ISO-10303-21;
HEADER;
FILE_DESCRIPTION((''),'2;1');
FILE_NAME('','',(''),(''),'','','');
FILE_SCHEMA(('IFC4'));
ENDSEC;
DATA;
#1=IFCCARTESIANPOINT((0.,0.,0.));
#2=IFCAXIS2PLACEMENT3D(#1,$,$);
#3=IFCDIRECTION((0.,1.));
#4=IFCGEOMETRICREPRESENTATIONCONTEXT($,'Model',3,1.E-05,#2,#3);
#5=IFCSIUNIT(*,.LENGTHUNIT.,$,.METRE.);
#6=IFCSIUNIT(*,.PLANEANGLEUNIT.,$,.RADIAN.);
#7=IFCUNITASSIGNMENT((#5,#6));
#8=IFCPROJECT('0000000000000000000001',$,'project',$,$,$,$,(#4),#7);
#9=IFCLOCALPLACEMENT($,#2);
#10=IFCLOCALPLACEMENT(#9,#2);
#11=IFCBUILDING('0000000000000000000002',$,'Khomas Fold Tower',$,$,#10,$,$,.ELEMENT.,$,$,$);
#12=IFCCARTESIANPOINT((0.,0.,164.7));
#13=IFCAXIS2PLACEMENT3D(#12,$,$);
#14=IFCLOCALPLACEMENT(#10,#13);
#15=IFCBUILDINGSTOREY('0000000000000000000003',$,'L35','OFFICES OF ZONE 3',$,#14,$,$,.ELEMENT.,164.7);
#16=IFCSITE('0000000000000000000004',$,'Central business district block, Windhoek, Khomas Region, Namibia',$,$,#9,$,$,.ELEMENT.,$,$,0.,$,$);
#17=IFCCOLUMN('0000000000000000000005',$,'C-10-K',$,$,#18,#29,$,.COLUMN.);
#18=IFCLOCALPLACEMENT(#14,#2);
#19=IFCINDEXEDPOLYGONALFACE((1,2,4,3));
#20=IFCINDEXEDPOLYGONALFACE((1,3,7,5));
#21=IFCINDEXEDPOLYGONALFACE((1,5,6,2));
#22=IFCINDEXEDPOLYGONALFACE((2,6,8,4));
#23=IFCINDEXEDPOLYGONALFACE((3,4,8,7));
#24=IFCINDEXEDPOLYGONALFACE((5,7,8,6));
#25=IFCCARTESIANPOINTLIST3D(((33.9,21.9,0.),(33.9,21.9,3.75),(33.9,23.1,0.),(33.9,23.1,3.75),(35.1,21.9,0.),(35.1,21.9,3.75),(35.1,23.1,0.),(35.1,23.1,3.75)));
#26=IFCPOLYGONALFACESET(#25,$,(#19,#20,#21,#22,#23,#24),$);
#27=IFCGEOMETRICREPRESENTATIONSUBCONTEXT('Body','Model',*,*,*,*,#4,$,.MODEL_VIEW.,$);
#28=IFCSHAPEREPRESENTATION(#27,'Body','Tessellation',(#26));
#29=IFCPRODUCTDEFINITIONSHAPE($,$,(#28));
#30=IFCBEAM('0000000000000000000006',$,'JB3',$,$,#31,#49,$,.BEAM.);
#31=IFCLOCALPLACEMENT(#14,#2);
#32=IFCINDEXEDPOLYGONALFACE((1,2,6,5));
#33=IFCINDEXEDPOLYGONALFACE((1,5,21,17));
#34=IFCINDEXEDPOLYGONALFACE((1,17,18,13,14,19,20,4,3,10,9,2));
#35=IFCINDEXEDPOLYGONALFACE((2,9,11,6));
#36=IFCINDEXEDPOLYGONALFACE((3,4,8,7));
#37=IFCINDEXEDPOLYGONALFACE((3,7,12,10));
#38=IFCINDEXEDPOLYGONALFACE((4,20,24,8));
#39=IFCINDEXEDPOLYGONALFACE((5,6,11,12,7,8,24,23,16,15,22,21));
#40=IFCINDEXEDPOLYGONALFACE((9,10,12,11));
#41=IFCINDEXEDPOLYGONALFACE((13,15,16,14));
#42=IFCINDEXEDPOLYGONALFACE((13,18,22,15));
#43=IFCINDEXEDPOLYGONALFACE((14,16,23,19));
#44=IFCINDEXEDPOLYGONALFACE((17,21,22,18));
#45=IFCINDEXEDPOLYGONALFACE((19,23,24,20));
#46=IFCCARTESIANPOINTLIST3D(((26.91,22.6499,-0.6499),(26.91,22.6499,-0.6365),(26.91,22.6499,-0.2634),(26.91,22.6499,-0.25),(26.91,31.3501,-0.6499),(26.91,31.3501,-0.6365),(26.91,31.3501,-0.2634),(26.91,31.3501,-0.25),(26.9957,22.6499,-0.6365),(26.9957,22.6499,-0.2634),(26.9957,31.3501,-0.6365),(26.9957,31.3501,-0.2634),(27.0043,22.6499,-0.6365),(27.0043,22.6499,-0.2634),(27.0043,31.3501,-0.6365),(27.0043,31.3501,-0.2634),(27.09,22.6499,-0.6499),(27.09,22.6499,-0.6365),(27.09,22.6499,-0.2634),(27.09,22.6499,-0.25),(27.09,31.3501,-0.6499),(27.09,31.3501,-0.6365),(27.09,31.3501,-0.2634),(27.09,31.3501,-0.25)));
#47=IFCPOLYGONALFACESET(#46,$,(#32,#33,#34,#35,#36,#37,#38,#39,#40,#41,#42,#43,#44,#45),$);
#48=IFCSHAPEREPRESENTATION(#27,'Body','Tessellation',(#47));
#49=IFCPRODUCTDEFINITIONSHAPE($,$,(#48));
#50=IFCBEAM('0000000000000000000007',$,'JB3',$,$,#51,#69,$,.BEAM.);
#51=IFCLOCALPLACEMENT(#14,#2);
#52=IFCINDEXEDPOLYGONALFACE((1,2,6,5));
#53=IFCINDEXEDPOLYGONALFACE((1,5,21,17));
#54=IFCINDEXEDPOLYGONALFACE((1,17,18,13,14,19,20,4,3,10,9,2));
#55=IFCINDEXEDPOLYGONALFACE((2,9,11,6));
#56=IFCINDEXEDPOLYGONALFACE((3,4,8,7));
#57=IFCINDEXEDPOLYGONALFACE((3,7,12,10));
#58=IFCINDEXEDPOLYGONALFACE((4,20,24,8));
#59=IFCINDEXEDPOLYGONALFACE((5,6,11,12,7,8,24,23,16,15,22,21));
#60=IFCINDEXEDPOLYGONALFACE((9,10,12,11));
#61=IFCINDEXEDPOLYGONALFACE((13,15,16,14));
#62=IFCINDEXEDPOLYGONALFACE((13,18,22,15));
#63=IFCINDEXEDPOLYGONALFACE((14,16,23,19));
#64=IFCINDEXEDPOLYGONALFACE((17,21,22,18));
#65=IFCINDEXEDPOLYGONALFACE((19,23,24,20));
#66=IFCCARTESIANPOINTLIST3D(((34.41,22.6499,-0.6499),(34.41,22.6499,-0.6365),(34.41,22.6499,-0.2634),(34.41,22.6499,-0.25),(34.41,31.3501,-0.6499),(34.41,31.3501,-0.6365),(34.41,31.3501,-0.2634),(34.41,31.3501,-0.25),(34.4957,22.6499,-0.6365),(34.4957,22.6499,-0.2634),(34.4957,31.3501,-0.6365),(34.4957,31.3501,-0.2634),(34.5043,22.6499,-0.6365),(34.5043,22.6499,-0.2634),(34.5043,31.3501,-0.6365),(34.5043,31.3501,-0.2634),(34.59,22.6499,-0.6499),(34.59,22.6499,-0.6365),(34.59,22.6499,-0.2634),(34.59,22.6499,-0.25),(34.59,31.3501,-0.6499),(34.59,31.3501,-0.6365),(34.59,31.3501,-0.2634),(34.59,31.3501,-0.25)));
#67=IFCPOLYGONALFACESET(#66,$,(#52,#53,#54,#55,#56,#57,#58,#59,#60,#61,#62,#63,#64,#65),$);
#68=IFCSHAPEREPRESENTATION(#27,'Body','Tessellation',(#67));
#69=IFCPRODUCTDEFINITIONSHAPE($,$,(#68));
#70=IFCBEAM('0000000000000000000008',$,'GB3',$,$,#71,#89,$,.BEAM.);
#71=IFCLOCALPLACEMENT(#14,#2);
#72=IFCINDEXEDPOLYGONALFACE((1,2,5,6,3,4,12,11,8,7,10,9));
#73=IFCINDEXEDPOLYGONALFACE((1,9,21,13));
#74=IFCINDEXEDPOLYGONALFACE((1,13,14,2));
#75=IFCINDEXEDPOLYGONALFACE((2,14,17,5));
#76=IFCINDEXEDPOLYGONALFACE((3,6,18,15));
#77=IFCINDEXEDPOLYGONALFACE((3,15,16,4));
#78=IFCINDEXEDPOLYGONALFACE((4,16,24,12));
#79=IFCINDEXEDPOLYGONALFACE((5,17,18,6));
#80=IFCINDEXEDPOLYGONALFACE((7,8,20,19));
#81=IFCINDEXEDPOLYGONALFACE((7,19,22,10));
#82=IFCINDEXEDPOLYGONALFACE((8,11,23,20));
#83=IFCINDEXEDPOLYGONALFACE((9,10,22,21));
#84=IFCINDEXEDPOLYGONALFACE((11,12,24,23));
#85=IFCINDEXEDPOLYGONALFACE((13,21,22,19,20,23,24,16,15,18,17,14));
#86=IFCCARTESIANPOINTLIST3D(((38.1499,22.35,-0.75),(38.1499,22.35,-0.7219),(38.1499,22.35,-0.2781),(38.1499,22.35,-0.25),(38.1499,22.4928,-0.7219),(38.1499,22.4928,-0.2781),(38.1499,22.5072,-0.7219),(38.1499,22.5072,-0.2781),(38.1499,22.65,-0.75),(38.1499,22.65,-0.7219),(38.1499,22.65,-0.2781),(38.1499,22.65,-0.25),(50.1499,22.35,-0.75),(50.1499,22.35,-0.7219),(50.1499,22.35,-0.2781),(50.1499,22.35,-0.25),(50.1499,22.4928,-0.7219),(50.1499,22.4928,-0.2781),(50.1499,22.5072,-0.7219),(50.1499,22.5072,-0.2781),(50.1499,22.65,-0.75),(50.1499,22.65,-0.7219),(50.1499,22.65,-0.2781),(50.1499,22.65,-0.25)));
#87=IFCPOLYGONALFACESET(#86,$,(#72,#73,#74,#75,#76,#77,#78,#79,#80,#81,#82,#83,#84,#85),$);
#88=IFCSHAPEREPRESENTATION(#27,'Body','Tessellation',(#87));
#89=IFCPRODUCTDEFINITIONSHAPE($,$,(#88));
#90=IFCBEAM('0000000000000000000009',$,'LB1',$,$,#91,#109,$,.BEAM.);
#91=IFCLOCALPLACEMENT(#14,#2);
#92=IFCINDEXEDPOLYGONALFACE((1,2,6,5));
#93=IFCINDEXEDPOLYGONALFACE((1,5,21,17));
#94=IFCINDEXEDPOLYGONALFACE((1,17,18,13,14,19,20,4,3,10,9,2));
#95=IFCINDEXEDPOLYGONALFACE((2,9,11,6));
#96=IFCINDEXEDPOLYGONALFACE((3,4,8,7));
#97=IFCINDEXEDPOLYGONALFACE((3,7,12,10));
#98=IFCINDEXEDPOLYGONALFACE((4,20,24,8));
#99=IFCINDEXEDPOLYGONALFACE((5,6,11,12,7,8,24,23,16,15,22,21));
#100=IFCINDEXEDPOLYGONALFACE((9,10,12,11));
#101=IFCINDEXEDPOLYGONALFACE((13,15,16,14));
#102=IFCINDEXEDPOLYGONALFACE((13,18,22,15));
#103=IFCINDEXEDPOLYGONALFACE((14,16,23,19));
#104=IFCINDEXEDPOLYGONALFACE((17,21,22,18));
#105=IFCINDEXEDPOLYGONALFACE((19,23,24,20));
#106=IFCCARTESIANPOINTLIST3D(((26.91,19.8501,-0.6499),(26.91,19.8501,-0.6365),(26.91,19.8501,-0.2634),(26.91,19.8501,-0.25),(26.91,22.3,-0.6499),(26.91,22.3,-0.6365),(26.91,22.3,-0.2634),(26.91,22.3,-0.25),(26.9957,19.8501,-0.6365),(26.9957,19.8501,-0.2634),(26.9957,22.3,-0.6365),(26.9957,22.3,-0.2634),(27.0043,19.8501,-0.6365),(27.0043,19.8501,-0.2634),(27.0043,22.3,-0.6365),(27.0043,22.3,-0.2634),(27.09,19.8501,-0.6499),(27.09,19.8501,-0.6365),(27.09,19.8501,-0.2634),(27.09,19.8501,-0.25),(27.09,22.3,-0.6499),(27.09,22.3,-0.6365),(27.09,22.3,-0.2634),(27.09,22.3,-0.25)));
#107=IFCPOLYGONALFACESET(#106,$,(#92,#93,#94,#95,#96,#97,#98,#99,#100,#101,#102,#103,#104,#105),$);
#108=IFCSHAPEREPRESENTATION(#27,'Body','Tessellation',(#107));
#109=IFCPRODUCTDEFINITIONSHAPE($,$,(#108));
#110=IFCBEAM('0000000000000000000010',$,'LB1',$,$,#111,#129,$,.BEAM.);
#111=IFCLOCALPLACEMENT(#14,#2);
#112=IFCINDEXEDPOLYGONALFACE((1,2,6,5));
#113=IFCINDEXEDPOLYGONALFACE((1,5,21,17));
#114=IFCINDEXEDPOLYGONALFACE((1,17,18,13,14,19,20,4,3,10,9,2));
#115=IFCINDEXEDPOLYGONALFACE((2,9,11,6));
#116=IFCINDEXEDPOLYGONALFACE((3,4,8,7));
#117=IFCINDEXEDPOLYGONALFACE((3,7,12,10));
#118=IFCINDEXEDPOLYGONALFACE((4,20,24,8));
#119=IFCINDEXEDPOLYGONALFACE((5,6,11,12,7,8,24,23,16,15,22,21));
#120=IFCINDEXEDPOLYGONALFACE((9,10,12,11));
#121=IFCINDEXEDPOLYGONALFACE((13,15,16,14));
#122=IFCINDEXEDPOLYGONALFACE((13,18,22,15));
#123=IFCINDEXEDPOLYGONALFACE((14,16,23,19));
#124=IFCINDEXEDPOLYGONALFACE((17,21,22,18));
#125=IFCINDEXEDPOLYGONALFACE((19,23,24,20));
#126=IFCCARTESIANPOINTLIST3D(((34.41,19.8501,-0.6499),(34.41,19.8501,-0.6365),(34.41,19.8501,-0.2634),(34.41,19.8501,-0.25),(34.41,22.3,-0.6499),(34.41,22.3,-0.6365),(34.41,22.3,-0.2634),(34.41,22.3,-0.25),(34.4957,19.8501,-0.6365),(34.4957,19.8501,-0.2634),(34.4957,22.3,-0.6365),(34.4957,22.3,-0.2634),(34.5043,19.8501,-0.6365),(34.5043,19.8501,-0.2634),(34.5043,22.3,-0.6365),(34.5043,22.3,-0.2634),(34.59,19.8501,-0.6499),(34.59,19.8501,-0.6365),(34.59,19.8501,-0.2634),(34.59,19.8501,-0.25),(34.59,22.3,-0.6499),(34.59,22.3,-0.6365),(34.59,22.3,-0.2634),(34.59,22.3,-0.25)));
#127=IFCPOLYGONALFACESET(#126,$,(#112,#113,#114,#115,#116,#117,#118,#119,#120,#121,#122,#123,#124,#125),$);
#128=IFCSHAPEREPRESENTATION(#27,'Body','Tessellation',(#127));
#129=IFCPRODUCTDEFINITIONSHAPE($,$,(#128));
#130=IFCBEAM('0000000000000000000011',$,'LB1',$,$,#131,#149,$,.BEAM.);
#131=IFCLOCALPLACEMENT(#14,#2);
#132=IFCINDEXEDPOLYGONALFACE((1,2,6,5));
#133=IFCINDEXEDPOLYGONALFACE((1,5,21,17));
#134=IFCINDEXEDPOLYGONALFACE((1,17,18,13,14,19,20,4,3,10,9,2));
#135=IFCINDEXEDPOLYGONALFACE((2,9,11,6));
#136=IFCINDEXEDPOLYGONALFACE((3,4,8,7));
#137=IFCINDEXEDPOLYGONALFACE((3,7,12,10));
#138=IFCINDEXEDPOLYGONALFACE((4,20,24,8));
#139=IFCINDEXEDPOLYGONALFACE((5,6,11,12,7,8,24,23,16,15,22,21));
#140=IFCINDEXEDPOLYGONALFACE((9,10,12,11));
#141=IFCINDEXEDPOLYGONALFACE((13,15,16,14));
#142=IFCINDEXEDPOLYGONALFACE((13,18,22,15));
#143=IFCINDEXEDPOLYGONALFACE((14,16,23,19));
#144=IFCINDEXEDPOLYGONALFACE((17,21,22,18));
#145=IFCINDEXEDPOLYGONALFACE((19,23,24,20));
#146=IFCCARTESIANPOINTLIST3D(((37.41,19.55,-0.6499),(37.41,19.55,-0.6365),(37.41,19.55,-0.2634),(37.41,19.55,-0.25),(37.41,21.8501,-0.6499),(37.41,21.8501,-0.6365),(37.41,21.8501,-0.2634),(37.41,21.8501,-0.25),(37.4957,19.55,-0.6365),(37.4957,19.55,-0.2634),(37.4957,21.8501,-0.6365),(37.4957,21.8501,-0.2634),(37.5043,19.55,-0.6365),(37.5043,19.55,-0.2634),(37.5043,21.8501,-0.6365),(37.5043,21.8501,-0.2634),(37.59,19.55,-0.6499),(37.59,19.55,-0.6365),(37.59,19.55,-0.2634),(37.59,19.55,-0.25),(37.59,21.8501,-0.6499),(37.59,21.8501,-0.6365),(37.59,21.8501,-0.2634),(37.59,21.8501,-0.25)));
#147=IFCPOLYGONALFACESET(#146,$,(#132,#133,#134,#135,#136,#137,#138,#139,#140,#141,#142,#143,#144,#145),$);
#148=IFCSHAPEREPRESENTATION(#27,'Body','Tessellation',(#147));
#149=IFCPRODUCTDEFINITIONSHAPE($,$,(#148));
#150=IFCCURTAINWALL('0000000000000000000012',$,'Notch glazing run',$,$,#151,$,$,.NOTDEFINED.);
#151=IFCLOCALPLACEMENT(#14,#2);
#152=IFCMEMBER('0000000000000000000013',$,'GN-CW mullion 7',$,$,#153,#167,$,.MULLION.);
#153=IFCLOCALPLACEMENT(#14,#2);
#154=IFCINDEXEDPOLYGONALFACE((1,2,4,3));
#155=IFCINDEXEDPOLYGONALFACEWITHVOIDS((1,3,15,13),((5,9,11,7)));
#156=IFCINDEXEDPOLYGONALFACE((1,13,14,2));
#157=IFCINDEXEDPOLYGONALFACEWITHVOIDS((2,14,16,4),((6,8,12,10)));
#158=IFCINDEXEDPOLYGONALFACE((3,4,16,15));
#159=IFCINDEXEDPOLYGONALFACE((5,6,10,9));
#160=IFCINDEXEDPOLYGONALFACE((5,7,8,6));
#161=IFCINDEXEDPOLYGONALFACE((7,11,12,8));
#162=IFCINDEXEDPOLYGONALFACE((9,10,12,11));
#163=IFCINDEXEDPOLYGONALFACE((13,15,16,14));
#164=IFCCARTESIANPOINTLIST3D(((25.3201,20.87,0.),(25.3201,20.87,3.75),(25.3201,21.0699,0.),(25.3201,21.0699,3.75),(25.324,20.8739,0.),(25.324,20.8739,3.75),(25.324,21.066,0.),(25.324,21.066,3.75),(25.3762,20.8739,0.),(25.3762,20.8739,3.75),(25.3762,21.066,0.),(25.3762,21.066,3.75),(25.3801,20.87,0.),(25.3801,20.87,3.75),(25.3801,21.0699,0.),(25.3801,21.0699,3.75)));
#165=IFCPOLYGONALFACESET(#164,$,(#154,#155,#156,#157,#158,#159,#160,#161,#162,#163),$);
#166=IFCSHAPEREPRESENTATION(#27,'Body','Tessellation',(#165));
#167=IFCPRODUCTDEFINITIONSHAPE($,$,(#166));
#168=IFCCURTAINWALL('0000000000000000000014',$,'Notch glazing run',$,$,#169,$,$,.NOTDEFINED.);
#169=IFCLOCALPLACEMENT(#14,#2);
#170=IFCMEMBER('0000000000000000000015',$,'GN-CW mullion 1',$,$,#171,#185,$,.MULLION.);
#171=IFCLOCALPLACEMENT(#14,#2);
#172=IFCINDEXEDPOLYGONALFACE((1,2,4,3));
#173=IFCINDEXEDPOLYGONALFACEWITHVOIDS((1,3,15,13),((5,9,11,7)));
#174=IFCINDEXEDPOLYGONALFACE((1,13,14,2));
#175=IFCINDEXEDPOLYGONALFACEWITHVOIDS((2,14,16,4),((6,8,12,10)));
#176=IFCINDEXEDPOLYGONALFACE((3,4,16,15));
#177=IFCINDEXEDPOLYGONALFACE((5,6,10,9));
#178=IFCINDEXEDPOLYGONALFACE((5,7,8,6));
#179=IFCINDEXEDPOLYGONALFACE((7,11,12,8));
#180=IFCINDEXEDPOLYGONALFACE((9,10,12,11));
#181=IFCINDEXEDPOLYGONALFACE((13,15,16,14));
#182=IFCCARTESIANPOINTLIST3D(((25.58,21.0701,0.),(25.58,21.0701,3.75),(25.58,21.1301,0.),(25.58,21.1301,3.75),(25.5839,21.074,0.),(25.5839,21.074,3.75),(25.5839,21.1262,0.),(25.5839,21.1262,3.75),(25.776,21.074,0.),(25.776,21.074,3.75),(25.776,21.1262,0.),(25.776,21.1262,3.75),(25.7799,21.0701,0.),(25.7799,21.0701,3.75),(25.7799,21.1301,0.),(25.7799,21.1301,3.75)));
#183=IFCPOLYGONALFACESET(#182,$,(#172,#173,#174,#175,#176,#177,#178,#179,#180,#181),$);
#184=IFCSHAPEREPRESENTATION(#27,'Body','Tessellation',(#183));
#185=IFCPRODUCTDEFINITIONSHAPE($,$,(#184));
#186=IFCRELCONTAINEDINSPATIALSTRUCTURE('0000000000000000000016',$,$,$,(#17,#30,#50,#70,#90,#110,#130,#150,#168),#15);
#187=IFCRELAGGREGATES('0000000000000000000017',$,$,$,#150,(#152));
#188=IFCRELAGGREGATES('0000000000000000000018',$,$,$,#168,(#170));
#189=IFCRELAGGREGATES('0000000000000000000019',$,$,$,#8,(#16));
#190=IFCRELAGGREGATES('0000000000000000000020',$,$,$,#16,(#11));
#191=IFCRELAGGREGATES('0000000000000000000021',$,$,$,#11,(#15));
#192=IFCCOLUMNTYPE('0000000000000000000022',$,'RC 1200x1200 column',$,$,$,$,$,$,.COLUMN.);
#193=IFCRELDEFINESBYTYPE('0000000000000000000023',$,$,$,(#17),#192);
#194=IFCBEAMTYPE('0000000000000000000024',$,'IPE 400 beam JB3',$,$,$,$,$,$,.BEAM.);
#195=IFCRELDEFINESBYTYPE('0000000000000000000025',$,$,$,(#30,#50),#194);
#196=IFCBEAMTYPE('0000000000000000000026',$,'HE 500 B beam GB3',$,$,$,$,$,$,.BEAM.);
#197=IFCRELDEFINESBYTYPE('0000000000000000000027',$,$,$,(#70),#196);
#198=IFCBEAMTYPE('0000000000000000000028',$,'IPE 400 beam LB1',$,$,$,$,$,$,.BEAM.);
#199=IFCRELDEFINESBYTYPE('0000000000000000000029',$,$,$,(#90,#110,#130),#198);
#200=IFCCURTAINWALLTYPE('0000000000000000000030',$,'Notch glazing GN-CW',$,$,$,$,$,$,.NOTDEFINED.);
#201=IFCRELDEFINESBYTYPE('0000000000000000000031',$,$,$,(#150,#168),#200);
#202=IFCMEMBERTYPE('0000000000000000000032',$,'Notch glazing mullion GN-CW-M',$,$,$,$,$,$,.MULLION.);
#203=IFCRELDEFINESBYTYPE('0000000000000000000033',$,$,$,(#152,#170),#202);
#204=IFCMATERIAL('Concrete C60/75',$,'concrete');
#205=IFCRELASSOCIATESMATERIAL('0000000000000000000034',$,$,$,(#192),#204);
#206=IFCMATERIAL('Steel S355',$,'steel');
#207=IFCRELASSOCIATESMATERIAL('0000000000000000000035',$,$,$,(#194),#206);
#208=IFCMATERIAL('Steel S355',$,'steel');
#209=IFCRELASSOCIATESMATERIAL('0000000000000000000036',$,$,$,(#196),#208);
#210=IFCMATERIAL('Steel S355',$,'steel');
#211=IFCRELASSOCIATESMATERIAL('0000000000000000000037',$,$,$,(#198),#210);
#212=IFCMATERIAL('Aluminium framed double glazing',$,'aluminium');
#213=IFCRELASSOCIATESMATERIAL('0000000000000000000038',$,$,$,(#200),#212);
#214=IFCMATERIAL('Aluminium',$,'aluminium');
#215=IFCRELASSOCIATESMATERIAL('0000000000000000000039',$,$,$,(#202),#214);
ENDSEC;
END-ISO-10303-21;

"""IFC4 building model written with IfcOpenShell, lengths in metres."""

from ifc_helpers import new_model, si_unit, direction, frame, origin, origin_2d, place, context, subcontext, project, spatial, rectangle, hollow_rectangle, i_section, extrude, source, transform, mapped, material, material_profile, profile_set, type_object, element, aggregate, save


model = new_model("IFC4")

# Units and contexts
model_context = context("Model", 3, precision=1e-05, world=origin(), true_north=direction((0.0, 1.0)))
body_context = subcontext(model_context, "Body", "Model", "MODEL_VIEW")
ifc_project = project(units=[si_unit("LENGTHUNIT", "METRE"), si_unit("PLANEANGLEUNIT", "RADIAN")], contexts=[model_context])

# Site, building, storey
site_placement = place(None, origin())
site = spatial("IfcSite", under=ifc_project, at=site_placement, Name="Central business district block, Windhoek, Khomas Region, Namibia", CompositionType="ELEMENT", RefElevation=0.0)
building_placement = place(site_placement, origin())
building = spatial("IfcBuilding", under=site, at=building_placement, Name="Khomas Fold Tower", CompositionType="ELEMENT")
storey_placement = place(building_placement, frame((0.0, 0.0, 164.7)))
storey = spatial("IfcBuildingStorey", under=building, at=storey_placement, Name="L35", Description="OFFICES OF ZONE 3", CompositionType="ELEMENT", Elevation=164.7)

# Column
ifc_material_1 = material(Name="Concrete C60/75", Category="concrete")
ifc_material_profile_1 = material_profile(ifc_material_1, rectangle(XDim=1.2, YDim=1.2, at=origin_2d()), Name="RC 1200x1200")
ifc_profile_set_1 = profile_set([ifc_material_profile_1], Name="Concrete C60/75")
column_type = type_object("IfcColumnType", Name="RC 1200x1200 column", PredefinedType="COLUMN", material=ifc_profile_set_1)
shared_shape_1 = source(origin(), body_context, "Body", "SweptSolid", [
    extrude(rectangle(XDim=1.2, YDim=1.2, at=origin_2d()), origin(), (0.0, 0.0, 1.0), 3.75),
])
column_placement = place(storey_placement, frame((34.5, 22.5, 0.0), z_axis=(0.0, 0.0, 1.0), x_axis=(1.0, 0.0, 0.0)))
element("IfcColumn", 1, at=column_placement, inside=storey, type_object=column_type, Name="C-10-K", PredefinedType="COLUMN", context=body_context, shape_type="MappedRepresentation", body=[
    mapped(shared_shape_1, transform((0.0, 0.0, 0.0))),
])

# Beams
ifc_material_2 = material(Name="Steel S355", Category="steel")
ifc_material_profile_2 = material_profile(ifc_material_2, i_section(OverallWidth=0.1799, OverallDepth=0.3999, WebThickness=0.0085, FlangeThickness=0.0134, at=origin_2d()), Name="IPE 400")
ifc_profile_set_2 = profile_set([ifc_material_profile_2], Name="Steel S355")
beam_type_1 = type_object("IfcBeamType", Name="IPE 400 beam JB3", PredefinedType="BEAM", material=ifc_profile_set_2)
shared_shape_2 = source(origin(), body_context, "Body", "SweptSolid", [
    extrude(i_section(OverallWidth=0.1799, OverallDepth=0.3999, WebThickness=0.0085, FlangeThickness=0.0134, at=origin_2d()), origin(), (0.0, 0.0, 1.0), 8.7002),
])
for number, where, z_axis, x_axis, name in (
    (2, (27.0, 22.6499, -0.45), (0.0, 1.0, 0.0), (-1.0, 0.0, 0.0), "JB3"),
    (3, (34.5, 22.6499, -0.45), (0.0, 1.0, 0.0), (-1.0, 0.0, 0.0), "JB3"),
):
    element("IfcBeam", number, at=place(storey_placement, frame(where, z_axis=z_axis, x_axis=x_axis)), inside=storey, type_object=beam_type_1, Name=name, PredefinedType="BEAM", context=body_context, shape_type="MappedRepresentation", body=[
        mapped(shared_shape_2, transform((0.0, 0.0, 0.0))),
    ])
ifc_material_3 = material(Name="Steel S355", Category="steel")
ifc_material_profile_3 = material_profile(ifc_material_3, i_section(OverallWidth=0.3, OverallDepth=0.5, WebThickness=0.0144, FlangeThickness=0.0281, at=origin_2d()), Name="HE 500 B")
ifc_profile_set_3 = profile_set([ifc_material_profile_3], Name="Steel S355")
beam_type_2 = type_object("IfcBeamType", Name="HE 500 B beam GB3", PredefinedType="BEAM", material=ifc_profile_set_3)
shared_shape_3 = source(origin(), body_context, "Body", "SweptSolid", [
    extrude(i_section(OverallWidth=0.3, OverallDepth=0.5, WebThickness=0.0144, FlangeThickness=0.0281, at=origin_2d()), origin(), (0.0, 0.0, 1.0), 12.0),
])
beam_1_placement = place(storey_placement, frame((38.1499, 22.5, -0.5), z_axis=(1.0, 0.0, 0.0), x_axis=(0.0, 1.0, 0.0)))
element("IfcBeam", 4, at=beam_1_placement, inside=storey, type_object=beam_type_2, Name="GB3", PredefinedType="BEAM", context=body_context, shape_type="MappedRepresentation", body=[
    mapped(shared_shape_3, transform((0.0, 0.0, 0.0))),
])
ifc_material_4 = material(Name="Steel S355", Category="steel")
ifc_material_profile_4 = material_profile(ifc_material_4, i_section(OverallWidth=0.1799, OverallDepth=0.3999, WebThickness=0.0085, FlangeThickness=0.0134, at=origin_2d()), Name="IPE 400")
ifc_profile_set_4 = profile_set([ifc_material_profile_4], Name="Steel S355")
beam_type_3 = type_object("IfcBeamType", Name="IPE 400 beam LB1", PredefinedType="BEAM", material=ifc_profile_set_4)
shared_shape_4 = source(origin(), body_context, "Body", "SweptSolid", [
    extrude(i_section(OverallWidth=0.1799, OverallDepth=0.3999, WebThickness=0.0085, FlangeThickness=0.0134, at=origin_2d()), origin(), (0.0, 0.0, 1.0), 2.45),
])
for number, where, z_axis, x_axis, name in (
    (5, (27.0, 19.8501, -0.45), (0.0, 1.0, 0.0), (-1.0, 0.0, 0.0), "LB1"),
    (6, (34.5, 19.8501, -0.45), (0.0, 1.0, 0.0), (-1.0, 0.0, 0.0), "LB1"),
):
    element("IfcBeam", number, at=place(storey_placement, frame(where, z_axis=z_axis, x_axis=x_axis)), inside=storey, type_object=beam_type_3, Name=name, PredefinedType="BEAM", context=body_context, shape_type="MappedRepresentation", body=[
        mapped(shared_shape_4, transform((0.0, 0.0, 0.0))),
    ])
shared_shape_5 = source(origin(), body_context, "Body", "SweptSolid", [
    extrude(i_section(OverallWidth=0.1799, OverallDepth=0.3999, WebThickness=0.0085, FlangeThickness=0.0134, at=origin_2d()), origin(), (0.0, 0.0, 1.0), 2.3),
])
beam_2_placement = place(storey_placement, frame((37.5, 19.55, -0.45), z_axis=(0.0, 1.0, 0.0), x_axis=(-1.0, 0.0, 0.0)))
element("IfcBeam", 7, at=beam_2_placement, inside=storey, type_object=beam_type_3, Name="LB1", PredefinedType="BEAM", context=body_context, shape_type="MappedRepresentation", body=[
    mapped(shared_shape_5, transform((0.0, 0.0, 0.0))),
])

# Curtain wall, member
ifc_material_5 = material(Name="Aluminium framed double glazing", Category="aluminium")
curtain_wall_type = type_object("IfcCurtainWallType", Name="Notch glazing GN-CW", PredefinedType="NOTDEFINED", material=ifc_material_5)
curtain_wall_1_placement = place(storey_placement, origin())
curtain_wall_1 = element("IfcCurtainWall", 8, at=curtain_wall_1_placement, inside=storey, type_object=curtain_wall_type, Name="Notch glazing run", PredefinedType="NOTDEFINED")
ifc_material_6 = material(Name="Aluminium", Category="aluminium")
ifc_material_profile_5 = material_profile(ifc_material_6, hollow_rectangle(XDim=0.0601, YDim=0.2, WallThickness=0.0039, at=origin_2d()), Name="Notch glazing mullion GN-CW-M")
ifc_profile_set_5 = profile_set([ifc_material_profile_5], Name="Aluminium")
member_type_1 = type_object("IfcMemberType", Name="Notch glazing mullion GN-CW-M", PredefinedType="MULLION", material=ifc_profile_set_5)
shared_shape_6 = source(origin(), body_context, "Body", "SweptSolid", [
    extrude(hollow_rectangle(XDim=0.0601, YDim=0.2, WallThickness=0.0039, at=origin_2d()), origin(), (0.0, 0.0, 1.0), 3.75),
])
member_1_placement = place(storey_placement, frame((25.3501, 20.97, 0.0), z_axis=(0.0, 0.0, 1.0), x_axis=(-1.0, 0.0, 0.0)))
member_1 = element("IfcMember", 9, at=member_1_placement, type_object=member_type_1, Name="GN-CW mullion 7", PredefinedType="MULLION", context=body_context, shape_type="MappedRepresentation", body=[
    mapped(shared_shape_6, transform((0.0, 0.0, 0.0))),
])

# Curtain wall, member
curtain_wall_2_placement = place(storey_placement, origin())
curtain_wall_2 = element("IfcCurtainWall", 10, at=curtain_wall_2_placement, inside=storey, type_object=curtain_wall_type, Name="Notch glazing run", PredefinedType="NOTDEFINED")
member_2_placement = place(storey_placement, frame((25.6799, 21.1001, 0.0), z_axis=(0.0, 0.0, 1.0), x_axis=(0.0, 1.0, 0.0)))
member_2 = element("IfcMember", 11, at=member_2_placement, type_object=member_type_1, Name="GN-CW mullion 1", PredefinedType="MULLION", context=body_context, shape_type="MappedRepresentation", body=[
    mapped(shared_shape_6, transform((0.0, 0.0, 0.0))),
])

aggregate(curtain_wall_1, [member_1])
aggregate(curtain_wall_2, [member_2])

save(model, "model.ifc")
